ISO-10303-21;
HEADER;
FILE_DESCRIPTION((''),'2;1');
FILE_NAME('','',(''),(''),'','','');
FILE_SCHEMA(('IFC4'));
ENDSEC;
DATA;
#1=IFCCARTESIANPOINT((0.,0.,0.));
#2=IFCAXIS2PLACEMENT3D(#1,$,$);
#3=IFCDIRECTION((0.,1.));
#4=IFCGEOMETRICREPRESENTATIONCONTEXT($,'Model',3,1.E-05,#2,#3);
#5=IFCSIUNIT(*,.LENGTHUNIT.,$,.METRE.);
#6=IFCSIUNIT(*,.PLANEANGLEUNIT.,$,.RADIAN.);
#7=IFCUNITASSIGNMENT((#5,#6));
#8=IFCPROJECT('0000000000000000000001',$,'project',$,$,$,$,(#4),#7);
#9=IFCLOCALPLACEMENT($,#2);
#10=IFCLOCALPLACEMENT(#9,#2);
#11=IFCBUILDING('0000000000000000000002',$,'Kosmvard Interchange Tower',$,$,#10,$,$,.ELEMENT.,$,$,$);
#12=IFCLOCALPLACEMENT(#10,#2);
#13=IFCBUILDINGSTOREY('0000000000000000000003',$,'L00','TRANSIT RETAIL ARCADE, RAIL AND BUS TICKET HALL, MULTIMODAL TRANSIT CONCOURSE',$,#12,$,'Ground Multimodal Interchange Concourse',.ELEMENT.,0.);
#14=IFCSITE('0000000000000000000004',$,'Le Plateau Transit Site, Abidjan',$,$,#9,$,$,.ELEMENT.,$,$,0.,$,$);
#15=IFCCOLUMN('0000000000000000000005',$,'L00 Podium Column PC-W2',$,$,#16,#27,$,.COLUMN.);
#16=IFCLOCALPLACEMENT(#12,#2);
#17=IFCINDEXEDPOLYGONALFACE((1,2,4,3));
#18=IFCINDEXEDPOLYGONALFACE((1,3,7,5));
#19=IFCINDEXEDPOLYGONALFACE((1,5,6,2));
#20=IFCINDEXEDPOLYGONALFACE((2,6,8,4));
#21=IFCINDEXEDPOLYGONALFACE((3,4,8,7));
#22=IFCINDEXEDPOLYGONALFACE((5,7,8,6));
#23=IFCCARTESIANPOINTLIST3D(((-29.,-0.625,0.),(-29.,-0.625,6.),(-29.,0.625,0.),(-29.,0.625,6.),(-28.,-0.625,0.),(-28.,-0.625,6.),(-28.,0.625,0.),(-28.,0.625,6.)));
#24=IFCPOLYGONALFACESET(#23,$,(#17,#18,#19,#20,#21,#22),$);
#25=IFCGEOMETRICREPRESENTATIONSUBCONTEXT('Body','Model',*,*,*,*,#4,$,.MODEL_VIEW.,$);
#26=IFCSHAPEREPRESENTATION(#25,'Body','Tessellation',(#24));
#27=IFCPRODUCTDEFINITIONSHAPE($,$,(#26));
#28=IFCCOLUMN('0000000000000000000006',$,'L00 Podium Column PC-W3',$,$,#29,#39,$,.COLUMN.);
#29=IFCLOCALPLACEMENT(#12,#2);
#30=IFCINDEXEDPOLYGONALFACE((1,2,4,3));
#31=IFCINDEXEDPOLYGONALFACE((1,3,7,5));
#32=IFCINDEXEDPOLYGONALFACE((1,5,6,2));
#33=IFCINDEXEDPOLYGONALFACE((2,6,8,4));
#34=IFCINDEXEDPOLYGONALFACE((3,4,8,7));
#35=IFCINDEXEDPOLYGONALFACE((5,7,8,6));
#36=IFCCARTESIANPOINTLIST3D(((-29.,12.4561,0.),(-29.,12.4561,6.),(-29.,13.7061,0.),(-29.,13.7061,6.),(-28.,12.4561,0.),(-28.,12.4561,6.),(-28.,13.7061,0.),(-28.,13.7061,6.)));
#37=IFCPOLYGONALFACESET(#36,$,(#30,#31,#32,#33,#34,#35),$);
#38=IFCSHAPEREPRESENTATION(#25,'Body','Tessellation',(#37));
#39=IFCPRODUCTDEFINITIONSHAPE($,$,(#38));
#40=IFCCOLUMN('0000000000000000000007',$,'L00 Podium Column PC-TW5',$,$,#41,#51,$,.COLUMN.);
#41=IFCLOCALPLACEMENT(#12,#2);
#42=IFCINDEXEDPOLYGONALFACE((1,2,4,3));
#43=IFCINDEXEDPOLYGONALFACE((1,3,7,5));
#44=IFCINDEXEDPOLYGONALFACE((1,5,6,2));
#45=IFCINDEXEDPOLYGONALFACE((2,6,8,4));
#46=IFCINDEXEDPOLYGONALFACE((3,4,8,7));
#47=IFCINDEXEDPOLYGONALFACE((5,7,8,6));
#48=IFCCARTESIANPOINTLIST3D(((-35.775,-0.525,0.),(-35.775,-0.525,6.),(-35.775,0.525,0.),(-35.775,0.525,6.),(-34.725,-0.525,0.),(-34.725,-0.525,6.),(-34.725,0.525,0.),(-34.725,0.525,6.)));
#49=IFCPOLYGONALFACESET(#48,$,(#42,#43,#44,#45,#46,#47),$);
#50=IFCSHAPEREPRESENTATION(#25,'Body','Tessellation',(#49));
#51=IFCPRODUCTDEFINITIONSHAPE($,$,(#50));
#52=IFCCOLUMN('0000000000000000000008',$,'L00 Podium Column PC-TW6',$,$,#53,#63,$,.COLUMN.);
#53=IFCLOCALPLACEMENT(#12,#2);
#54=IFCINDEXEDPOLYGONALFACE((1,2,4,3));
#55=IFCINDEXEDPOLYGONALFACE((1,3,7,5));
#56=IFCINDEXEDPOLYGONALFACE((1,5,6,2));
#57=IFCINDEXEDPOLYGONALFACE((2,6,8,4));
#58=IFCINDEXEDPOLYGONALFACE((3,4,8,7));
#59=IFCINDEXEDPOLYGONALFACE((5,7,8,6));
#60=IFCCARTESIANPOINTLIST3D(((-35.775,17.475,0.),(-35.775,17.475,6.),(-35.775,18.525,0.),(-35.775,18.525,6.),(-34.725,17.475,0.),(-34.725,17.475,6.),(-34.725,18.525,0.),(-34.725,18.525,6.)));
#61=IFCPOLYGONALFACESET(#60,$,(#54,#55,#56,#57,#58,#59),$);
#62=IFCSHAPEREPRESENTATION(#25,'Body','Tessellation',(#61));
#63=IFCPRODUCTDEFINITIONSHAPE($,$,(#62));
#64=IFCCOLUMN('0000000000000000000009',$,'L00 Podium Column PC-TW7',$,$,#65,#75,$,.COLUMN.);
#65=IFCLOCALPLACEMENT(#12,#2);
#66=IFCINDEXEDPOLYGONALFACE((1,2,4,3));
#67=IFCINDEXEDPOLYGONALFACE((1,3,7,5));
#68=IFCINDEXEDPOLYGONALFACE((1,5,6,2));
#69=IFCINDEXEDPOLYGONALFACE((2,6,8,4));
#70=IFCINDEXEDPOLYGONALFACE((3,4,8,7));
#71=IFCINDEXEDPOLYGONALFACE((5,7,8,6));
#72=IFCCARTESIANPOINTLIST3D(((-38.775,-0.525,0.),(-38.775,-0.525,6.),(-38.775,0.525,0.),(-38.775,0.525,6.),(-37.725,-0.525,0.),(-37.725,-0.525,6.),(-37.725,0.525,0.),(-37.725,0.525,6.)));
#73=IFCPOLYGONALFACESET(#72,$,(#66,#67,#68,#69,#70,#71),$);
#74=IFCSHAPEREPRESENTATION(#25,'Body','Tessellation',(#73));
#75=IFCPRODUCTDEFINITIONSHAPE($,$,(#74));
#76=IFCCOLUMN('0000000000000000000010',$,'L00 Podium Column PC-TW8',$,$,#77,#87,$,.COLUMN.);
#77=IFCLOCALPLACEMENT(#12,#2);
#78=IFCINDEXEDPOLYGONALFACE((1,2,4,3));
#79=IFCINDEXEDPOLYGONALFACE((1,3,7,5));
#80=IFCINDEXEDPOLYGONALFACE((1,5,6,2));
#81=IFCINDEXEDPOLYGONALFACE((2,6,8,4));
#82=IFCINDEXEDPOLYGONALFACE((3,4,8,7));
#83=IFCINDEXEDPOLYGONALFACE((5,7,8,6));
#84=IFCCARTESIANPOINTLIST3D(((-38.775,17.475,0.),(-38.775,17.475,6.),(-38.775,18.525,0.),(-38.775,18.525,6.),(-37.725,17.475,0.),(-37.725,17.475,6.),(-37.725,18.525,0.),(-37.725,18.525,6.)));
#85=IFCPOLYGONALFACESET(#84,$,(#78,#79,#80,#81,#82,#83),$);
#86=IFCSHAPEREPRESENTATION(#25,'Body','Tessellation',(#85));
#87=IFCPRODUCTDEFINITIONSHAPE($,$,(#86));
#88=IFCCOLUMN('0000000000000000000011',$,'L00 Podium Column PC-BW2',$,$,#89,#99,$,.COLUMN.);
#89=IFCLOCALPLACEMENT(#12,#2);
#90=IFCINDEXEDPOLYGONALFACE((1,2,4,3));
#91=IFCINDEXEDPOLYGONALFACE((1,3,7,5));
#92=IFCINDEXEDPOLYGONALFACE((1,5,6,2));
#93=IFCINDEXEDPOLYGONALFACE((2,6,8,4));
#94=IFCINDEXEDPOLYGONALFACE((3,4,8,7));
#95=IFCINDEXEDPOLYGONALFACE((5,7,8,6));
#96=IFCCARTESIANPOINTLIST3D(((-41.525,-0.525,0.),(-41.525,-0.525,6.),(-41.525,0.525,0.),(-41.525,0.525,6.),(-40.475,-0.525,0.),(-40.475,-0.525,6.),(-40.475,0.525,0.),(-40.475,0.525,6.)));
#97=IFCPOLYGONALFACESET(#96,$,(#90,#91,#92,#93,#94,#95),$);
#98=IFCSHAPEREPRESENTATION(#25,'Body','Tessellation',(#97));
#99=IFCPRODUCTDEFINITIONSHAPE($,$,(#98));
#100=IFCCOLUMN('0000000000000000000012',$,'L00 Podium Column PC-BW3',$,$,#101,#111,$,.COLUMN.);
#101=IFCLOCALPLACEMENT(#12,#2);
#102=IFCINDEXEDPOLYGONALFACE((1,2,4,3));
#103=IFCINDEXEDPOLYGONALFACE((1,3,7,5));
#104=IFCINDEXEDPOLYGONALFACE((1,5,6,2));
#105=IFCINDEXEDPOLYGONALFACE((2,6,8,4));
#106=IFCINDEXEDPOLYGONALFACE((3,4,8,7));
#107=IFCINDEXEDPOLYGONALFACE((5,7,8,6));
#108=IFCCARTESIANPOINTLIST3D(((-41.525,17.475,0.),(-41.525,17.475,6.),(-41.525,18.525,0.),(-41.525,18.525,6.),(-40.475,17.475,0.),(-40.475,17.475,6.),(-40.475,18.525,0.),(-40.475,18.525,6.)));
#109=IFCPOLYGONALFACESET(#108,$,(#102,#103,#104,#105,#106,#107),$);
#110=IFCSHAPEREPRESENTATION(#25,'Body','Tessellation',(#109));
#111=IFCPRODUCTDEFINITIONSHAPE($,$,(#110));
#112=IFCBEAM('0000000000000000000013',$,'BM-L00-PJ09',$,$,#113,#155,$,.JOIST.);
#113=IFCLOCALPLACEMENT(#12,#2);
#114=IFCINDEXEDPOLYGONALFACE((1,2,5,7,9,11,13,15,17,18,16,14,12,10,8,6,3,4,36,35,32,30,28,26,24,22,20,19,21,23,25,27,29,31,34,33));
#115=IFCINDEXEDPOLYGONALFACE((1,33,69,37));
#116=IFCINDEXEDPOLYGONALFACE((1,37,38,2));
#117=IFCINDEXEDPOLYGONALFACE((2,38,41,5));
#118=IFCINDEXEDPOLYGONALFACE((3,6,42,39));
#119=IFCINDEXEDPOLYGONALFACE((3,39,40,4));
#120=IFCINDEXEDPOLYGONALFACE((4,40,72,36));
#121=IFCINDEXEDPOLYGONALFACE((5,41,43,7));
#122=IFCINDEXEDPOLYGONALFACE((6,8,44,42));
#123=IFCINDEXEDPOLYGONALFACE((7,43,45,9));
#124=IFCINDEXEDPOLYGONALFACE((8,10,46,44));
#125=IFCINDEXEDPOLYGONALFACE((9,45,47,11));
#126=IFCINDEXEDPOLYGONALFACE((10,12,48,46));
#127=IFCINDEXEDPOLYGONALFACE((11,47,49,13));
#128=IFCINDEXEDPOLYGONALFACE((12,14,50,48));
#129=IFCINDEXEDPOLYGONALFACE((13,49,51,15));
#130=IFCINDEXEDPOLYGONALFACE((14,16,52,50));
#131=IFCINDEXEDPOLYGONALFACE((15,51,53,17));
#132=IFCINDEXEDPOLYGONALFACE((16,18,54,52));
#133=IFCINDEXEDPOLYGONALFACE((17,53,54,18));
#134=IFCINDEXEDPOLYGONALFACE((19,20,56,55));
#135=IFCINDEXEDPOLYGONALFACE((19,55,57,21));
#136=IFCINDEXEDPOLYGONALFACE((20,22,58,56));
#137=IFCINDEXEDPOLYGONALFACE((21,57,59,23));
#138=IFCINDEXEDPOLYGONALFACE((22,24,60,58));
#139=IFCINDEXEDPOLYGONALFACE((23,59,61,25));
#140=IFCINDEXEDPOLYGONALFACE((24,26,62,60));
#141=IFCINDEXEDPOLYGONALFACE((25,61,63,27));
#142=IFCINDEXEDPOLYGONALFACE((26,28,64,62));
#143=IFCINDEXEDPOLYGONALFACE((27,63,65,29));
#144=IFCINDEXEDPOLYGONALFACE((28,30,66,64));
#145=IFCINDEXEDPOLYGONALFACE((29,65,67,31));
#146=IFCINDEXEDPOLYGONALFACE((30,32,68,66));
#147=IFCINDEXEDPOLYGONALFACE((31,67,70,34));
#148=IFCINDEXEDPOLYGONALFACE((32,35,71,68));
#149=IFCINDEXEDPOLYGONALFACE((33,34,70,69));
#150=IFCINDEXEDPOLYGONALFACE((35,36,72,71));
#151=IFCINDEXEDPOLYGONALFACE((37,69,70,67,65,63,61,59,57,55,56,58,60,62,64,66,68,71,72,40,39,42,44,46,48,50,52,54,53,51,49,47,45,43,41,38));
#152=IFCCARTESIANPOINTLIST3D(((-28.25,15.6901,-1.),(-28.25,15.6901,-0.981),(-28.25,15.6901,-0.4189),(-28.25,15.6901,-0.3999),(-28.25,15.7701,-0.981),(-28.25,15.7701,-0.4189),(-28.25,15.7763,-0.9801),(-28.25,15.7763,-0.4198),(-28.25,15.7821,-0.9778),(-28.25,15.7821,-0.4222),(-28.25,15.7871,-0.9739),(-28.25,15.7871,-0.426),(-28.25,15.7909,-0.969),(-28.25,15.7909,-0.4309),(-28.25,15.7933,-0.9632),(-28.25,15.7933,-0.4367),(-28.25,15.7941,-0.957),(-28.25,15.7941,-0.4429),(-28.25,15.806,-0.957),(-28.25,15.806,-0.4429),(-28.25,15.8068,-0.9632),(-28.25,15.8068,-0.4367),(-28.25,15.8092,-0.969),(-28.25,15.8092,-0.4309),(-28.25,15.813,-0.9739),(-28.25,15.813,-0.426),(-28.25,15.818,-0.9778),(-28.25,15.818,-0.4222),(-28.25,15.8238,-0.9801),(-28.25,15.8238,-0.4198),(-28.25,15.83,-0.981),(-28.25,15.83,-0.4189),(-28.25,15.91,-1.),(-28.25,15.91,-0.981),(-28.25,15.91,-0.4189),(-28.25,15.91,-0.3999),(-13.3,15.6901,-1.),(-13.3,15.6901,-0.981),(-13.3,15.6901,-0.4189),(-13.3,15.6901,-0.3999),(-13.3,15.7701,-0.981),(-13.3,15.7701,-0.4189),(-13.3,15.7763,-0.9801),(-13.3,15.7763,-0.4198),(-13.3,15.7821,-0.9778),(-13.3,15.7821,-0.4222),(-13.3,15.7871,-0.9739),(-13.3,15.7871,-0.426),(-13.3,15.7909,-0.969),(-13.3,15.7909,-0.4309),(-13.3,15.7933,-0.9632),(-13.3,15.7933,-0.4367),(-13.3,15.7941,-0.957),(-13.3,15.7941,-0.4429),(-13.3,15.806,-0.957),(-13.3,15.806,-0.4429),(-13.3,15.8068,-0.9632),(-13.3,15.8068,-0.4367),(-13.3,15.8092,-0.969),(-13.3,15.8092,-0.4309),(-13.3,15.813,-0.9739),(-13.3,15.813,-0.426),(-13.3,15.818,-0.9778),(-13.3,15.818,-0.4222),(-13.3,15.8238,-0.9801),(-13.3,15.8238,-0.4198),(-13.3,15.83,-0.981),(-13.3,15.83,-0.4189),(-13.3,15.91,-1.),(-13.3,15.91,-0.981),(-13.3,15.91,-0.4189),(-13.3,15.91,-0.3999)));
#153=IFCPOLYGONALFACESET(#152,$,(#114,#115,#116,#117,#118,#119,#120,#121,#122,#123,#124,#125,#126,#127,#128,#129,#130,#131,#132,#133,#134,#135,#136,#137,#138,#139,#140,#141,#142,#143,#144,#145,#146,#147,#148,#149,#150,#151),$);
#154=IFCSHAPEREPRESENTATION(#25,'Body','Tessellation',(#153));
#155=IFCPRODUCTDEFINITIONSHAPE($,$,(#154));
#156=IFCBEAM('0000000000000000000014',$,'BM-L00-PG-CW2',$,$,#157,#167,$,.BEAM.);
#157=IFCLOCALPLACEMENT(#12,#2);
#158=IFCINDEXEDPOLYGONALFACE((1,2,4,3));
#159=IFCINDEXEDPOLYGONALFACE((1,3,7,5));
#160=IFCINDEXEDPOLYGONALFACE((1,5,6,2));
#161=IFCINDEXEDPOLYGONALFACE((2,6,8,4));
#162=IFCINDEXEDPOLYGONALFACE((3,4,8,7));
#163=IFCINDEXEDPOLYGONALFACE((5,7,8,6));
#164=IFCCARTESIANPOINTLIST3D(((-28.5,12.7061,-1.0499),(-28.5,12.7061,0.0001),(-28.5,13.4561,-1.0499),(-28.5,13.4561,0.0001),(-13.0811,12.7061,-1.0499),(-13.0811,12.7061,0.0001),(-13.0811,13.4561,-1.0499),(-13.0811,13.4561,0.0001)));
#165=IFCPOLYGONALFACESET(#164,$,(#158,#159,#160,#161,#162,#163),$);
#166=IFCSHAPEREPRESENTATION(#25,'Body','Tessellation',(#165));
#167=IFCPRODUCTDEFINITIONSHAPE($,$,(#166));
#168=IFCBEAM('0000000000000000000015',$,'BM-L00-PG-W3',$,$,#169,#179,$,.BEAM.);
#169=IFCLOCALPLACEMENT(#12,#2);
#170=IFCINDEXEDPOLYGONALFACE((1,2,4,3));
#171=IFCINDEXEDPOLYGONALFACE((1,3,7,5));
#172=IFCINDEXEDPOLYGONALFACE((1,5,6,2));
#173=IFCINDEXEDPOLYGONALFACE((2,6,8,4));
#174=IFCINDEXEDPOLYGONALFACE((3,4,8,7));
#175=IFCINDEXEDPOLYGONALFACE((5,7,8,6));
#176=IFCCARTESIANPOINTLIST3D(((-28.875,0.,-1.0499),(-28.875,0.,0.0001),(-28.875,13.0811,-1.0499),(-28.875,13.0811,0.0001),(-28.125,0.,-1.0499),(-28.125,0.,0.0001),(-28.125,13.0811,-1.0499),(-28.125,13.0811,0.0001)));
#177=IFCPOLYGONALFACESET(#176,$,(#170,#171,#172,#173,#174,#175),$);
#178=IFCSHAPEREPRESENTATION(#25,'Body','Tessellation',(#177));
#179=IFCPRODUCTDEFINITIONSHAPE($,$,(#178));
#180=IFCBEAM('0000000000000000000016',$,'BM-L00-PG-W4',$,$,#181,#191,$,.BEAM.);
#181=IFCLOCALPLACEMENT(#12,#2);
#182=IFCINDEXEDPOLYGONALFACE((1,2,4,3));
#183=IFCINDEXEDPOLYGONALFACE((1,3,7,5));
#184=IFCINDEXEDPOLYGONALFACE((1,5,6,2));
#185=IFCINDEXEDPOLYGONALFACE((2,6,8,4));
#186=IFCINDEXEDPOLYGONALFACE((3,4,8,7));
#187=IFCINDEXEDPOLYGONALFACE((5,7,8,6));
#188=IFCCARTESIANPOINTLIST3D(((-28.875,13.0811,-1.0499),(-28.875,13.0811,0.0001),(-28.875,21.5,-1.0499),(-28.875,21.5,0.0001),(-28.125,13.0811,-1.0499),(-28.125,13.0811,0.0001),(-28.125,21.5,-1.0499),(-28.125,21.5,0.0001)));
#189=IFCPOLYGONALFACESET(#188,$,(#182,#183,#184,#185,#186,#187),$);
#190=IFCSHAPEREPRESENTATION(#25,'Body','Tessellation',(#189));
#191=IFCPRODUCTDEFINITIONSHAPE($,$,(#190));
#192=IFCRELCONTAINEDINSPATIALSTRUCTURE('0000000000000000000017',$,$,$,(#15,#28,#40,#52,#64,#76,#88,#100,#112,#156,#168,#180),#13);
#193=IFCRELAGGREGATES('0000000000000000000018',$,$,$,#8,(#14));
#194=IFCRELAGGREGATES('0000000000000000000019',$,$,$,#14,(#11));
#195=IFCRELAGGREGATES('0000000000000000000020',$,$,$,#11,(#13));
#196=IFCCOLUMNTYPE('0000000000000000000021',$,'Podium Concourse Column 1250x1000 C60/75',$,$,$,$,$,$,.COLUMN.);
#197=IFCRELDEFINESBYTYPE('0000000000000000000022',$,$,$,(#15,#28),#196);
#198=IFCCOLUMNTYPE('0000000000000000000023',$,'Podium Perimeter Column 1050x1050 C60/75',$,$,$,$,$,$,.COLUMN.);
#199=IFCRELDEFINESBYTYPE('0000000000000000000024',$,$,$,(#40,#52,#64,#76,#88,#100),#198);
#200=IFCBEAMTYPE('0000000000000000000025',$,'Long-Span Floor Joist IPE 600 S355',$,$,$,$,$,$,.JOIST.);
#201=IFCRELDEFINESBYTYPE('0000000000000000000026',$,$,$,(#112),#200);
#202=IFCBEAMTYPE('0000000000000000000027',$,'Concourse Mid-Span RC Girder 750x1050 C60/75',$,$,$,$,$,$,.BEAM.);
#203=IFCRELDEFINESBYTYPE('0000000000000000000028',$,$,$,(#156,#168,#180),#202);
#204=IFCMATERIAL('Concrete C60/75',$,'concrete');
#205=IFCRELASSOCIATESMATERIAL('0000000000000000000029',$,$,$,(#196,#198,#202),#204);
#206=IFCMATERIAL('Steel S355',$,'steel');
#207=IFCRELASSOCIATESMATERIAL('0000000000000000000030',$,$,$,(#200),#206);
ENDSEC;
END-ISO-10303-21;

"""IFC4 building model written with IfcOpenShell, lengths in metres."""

from ifc_helpers import new_model, si_unit, direction, frame, origin, origin_2d, place, context, subcontext, project, spatial, rectangle, i_section, extrude, source, transform, mapped, material, material_profile, profile_set, type_object, element, save


model = new_model("IFC4")

# Units and contexts
model_context = context("Model", 3, precision=1e-05, world=origin(), true_north=direction((0.0, 1.0)))
body_context = subcontext(model_context, "Body", "Model", "MODEL_VIEW")
ifc_project = project(units=[si_unit("LENGTHUNIT", "METRE"), si_unit("PLANEANGLEUNIT", "RADIAN")], contexts=[model_context])

# Site, building, storey
site_placement = place(None, origin())
site = spatial("IfcSite", under=ifc_project, at=site_placement, Name="Le Plateau Transit Site, Abidjan", CompositionType="ELEMENT", RefElevation=0.0)
building_placement = place(site_placement, origin())
building = spatial("IfcBuilding", under=site, at=building_placement, Name="Kosmvard Interchange Tower", CompositionType="ELEMENT")
storey_placement = place(building_placement, origin())
storey = spatial("IfcBuildingStorey", under=building, at=storey_placement, Name="L00", Description="TRANSIT RETAIL ARCADE, RAIL AND BUS TICKET HALL, MULTIMODAL TRANSIT CONCOURSE", LongName="Ground Multimodal Interchange Concourse", CompositionType="ELEMENT", Elevation=0.0)

# Columns
ifc_material_1 = material(Name="Concrete C60/75", Category="concrete")
ifc_material_profile_1 = material_profile(ifc_material_1, rectangle(XDim=1.0, YDim=1.25, at=origin_2d()), Name="PC 1250x1000")
ifc_profile_set_1 = profile_set([ifc_material_profile_1], Name="Concrete C60/75")
column_type_1 = type_object("IfcColumnType", Name="Podium Concourse Column 1250x1000 C60/75", PredefinedType="COLUMN", material=ifc_profile_set_1)
shared_shape_1 = source(origin(), body_context, "Body", "SweptSolid", [
    extrude(rectangle(XDim=1.0, YDim=1.25, at=origin_2d()), origin(), (0.0, 0.0, 1.0), 6.0),
])
for number, where, z_axis, x_axis, name in (
    (1, (-28.5, 0.0, 0.0), (0.0, 0.0, 1.0), (1.0, 0.0, 0.0), "L00 Podium Column PC-W2"),
    (2, (-28.5, 13.0811, 0.0), (0.0, 0.0, 1.0), (1.0, 0.0, 0.0), "L00 Podium Column PC-W3"),
):
    element("IfcColumn", number, at=place(storey_placement, frame(where, z_axis=z_axis, x_axis=x_axis)), inside=storey, type_object=column_type_1, Name=name, PredefinedType="COLUMN", context=body_context, shape_type="MappedRepresentation", body=[
        mapped(shared_shape_1, transform((0.0, 0.0, 0.0), scale=1.0)),
    ])
ifc_material_profile_2 = material_profile(ifc_material_1, rectangle(XDim=1.05, YDim=1.05, at=origin_2d()), Name="PC 1050x1050")
ifc_profile_set_2 = profile_set([ifc_material_profile_2], Name="Concrete C60/75")
column_type_2 = type_object("IfcColumnType", Name="Podium Perimeter Column 1050x1050 C60/75", PredefinedType="COLUMN", material=ifc_profile_set_2)
shared_shape_2 = source(origin(), body_context, "Body", "SweptSolid", [
    extrude(rectangle(XDim=1.05, YDim=1.05, at=origin_2d()), origin(), (0.0, 0.0, 1.0), 6.0),
])
for number, where, z_axis, x_axis, name in (
    (3, (-35.25, 0.0, 0.0), (0.0, 0.0, 1.0), (1.0, 0.0, 0.0), "L00 Podium Column PC-TW5"),
    (4, (-35.25, 18.0, 0.0), (0.0, 0.0, 1.0), (1.0, 0.0, 0.0), "L00 Podium Column PC-TW6"),
    (5, (-38.25, 0.0, 0.0), (0.0, 0.0, 1.0), (1.0, 0.0, 0.0), "L00 Podium Column PC-TW7"),
    (6, (-38.25, 18.0, 0.0), (0.0, 0.0, 1.0), (1.0, 0.0, 0.0), "L00 Podium Column PC-TW8"),
    (7, (-41.0, 0.0, 0.0), (0.0, 0.0, 1.0), (1.0, 0.0, 0.0), "L00 Podium Column PC-BW2"),
    (8, (-41.0, 18.0, 0.0), (0.0, 0.0, 1.0), (1.0, 0.0, 0.0), "L00 Podium Column PC-BW3"),
):
    element("IfcColumn", number, at=place(storey_placement, frame(where, z_axis=z_axis, x_axis=x_axis)), inside=storey, type_object=column_type_2, Name=name, PredefinedType="COLUMN", context=body_context, shape_type="MappedRepresentation", body=[
        mapped(shared_shape_2, transform((0.0, 0.0, 0.0), scale=1.0)),
    ])

# Beams
ifc_material_2 = material(Name="Steel S355", Category="steel")
ifc_material_profile_3 = material_profile(ifc_material_2, i_section(OverallWidth=0.22, OverallDepth=0.6001, WebThickness=0.012, FlangeThickness=0.019, FilletRadius=0.0239, at=origin_2d()), Name="IPE 600")
ifc_profile_set_3 = profile_set([ifc_material_profile_3], Name="Steel S355")
beam_type_1 = type_object("IfcBeamType", Name="Long-Span Floor Joist IPE 600 S355", PredefinedType="JOIST", material=ifc_profile_set_3)
shared_shape_3 = source(origin(), body_context, "Body", "SweptSolid", [
    extrude(i_section(OverallWidth=0.22, OverallDepth=0.6001, WebThickness=0.012, FlangeThickness=0.019, FilletRadius=0.0239, at=origin_2d()), origin(), (0.0, 0.0, 1.0), 14.95),
])
beam_1_placement = place(storey_placement, frame((-28.25, 15.8, -0.7), z_axis=(1.0, 0.0, 0.0), x_axis=(0.0, 1.0, 0.0)))
element("IfcBeam", 9, at=beam_1_placement, inside=storey, type_object=beam_type_1, Name="BM-L00-PJ09", PredefinedType="JOIST", context=body_context, shape_type="MappedRepresentation", body=[
    mapped(shared_shape_3, transform((0.0, 0.0, 0.0), scale=1.0)),
])
ifc_material_profile_4 = material_profile(ifc_material_1, rectangle(XDim=0.75, YDim=1.05, at=origin_2d()), Name="RCG 750x1050")
ifc_profile_set_4 = profile_set([ifc_material_profile_4], Name="Concrete C60/75")
beam_type_2 = type_object("IfcBeamType", Name="Concourse Mid-Span RC Girder 750x1050 C60/75", PredefinedType="BEAM", material=ifc_profile_set_4)
shared_shape_4 = source(origin(), body_context, "Body", "SweptSolid", [
    extrude(rectangle(XDim=0.75, YDim=1.05, at=origin_2d()), origin(), (0.0, 0.0, 1.0), 15.4189),
])
beam_2_placement = place(storey_placement, frame((-28.5, 13.0811, -0.5249), z_axis=(1.0, 0.0, 0.0), x_axis=(0.0, 1.0, 0.0)))
element("IfcBeam", 10, at=beam_2_placement, inside=storey, type_object=beam_type_2, Name="BM-L00-PG-CW2", PredefinedType="BEAM", context=body_context, shape_type="MappedRepresentation", body=[
    mapped(shared_shape_4, transform((0.0, 0.0, 0.0), scale=1.0)),
])
shared_shape_5 = source(origin(), body_context, "Body", "SweptSolid", [
    extrude(rectangle(XDim=0.75, YDim=1.05, at=origin_2d()), origin(), (0.0, 0.0, 1.0), 13.0811),
])
beam_3_placement = place(storey_placement, frame((-28.5, 0.0, -0.5249), z_axis=(0.0, 1.0, 0.0), x_axis=(-1.0, 0.0, 0.0)))
element("IfcBeam", 11, at=beam_3_placement, inside=storey, type_object=beam_type_2, Name="BM-L00-PG-W3", PredefinedType="BEAM", context=body_context, shape_type="MappedRepresentation", body=[
    mapped(shared_shape_5, transform((0.0, 0.0, 0.0), scale=1.0)),
])
shared_shape_6 = source(origin(), body_context, "Body", "SweptSolid", [
    extrude(rectangle(XDim=0.75, YDim=1.05, at=origin_2d()), origin(), (0.0, 0.0, 1.0), 8.4189),
])
beam_4_placement = place(storey_placement, frame((-28.5, 13.0811, -0.5249), z_axis=(0.0, 1.0, 0.0), x_axis=(-1.0, 0.0, 0.0)))
element("IfcBeam", 12, at=beam_4_placement, inside=storey, type_object=beam_type_2, Name="BM-L00-PG-W4", PredefinedType="BEAM", context=body_context, shape_type="MappedRepresentation", body=[
    mapped(shared_shape_6, transform((0.0, 0.0, 0.0), scale=1.0)),
])

save(model, "model.ifc")
